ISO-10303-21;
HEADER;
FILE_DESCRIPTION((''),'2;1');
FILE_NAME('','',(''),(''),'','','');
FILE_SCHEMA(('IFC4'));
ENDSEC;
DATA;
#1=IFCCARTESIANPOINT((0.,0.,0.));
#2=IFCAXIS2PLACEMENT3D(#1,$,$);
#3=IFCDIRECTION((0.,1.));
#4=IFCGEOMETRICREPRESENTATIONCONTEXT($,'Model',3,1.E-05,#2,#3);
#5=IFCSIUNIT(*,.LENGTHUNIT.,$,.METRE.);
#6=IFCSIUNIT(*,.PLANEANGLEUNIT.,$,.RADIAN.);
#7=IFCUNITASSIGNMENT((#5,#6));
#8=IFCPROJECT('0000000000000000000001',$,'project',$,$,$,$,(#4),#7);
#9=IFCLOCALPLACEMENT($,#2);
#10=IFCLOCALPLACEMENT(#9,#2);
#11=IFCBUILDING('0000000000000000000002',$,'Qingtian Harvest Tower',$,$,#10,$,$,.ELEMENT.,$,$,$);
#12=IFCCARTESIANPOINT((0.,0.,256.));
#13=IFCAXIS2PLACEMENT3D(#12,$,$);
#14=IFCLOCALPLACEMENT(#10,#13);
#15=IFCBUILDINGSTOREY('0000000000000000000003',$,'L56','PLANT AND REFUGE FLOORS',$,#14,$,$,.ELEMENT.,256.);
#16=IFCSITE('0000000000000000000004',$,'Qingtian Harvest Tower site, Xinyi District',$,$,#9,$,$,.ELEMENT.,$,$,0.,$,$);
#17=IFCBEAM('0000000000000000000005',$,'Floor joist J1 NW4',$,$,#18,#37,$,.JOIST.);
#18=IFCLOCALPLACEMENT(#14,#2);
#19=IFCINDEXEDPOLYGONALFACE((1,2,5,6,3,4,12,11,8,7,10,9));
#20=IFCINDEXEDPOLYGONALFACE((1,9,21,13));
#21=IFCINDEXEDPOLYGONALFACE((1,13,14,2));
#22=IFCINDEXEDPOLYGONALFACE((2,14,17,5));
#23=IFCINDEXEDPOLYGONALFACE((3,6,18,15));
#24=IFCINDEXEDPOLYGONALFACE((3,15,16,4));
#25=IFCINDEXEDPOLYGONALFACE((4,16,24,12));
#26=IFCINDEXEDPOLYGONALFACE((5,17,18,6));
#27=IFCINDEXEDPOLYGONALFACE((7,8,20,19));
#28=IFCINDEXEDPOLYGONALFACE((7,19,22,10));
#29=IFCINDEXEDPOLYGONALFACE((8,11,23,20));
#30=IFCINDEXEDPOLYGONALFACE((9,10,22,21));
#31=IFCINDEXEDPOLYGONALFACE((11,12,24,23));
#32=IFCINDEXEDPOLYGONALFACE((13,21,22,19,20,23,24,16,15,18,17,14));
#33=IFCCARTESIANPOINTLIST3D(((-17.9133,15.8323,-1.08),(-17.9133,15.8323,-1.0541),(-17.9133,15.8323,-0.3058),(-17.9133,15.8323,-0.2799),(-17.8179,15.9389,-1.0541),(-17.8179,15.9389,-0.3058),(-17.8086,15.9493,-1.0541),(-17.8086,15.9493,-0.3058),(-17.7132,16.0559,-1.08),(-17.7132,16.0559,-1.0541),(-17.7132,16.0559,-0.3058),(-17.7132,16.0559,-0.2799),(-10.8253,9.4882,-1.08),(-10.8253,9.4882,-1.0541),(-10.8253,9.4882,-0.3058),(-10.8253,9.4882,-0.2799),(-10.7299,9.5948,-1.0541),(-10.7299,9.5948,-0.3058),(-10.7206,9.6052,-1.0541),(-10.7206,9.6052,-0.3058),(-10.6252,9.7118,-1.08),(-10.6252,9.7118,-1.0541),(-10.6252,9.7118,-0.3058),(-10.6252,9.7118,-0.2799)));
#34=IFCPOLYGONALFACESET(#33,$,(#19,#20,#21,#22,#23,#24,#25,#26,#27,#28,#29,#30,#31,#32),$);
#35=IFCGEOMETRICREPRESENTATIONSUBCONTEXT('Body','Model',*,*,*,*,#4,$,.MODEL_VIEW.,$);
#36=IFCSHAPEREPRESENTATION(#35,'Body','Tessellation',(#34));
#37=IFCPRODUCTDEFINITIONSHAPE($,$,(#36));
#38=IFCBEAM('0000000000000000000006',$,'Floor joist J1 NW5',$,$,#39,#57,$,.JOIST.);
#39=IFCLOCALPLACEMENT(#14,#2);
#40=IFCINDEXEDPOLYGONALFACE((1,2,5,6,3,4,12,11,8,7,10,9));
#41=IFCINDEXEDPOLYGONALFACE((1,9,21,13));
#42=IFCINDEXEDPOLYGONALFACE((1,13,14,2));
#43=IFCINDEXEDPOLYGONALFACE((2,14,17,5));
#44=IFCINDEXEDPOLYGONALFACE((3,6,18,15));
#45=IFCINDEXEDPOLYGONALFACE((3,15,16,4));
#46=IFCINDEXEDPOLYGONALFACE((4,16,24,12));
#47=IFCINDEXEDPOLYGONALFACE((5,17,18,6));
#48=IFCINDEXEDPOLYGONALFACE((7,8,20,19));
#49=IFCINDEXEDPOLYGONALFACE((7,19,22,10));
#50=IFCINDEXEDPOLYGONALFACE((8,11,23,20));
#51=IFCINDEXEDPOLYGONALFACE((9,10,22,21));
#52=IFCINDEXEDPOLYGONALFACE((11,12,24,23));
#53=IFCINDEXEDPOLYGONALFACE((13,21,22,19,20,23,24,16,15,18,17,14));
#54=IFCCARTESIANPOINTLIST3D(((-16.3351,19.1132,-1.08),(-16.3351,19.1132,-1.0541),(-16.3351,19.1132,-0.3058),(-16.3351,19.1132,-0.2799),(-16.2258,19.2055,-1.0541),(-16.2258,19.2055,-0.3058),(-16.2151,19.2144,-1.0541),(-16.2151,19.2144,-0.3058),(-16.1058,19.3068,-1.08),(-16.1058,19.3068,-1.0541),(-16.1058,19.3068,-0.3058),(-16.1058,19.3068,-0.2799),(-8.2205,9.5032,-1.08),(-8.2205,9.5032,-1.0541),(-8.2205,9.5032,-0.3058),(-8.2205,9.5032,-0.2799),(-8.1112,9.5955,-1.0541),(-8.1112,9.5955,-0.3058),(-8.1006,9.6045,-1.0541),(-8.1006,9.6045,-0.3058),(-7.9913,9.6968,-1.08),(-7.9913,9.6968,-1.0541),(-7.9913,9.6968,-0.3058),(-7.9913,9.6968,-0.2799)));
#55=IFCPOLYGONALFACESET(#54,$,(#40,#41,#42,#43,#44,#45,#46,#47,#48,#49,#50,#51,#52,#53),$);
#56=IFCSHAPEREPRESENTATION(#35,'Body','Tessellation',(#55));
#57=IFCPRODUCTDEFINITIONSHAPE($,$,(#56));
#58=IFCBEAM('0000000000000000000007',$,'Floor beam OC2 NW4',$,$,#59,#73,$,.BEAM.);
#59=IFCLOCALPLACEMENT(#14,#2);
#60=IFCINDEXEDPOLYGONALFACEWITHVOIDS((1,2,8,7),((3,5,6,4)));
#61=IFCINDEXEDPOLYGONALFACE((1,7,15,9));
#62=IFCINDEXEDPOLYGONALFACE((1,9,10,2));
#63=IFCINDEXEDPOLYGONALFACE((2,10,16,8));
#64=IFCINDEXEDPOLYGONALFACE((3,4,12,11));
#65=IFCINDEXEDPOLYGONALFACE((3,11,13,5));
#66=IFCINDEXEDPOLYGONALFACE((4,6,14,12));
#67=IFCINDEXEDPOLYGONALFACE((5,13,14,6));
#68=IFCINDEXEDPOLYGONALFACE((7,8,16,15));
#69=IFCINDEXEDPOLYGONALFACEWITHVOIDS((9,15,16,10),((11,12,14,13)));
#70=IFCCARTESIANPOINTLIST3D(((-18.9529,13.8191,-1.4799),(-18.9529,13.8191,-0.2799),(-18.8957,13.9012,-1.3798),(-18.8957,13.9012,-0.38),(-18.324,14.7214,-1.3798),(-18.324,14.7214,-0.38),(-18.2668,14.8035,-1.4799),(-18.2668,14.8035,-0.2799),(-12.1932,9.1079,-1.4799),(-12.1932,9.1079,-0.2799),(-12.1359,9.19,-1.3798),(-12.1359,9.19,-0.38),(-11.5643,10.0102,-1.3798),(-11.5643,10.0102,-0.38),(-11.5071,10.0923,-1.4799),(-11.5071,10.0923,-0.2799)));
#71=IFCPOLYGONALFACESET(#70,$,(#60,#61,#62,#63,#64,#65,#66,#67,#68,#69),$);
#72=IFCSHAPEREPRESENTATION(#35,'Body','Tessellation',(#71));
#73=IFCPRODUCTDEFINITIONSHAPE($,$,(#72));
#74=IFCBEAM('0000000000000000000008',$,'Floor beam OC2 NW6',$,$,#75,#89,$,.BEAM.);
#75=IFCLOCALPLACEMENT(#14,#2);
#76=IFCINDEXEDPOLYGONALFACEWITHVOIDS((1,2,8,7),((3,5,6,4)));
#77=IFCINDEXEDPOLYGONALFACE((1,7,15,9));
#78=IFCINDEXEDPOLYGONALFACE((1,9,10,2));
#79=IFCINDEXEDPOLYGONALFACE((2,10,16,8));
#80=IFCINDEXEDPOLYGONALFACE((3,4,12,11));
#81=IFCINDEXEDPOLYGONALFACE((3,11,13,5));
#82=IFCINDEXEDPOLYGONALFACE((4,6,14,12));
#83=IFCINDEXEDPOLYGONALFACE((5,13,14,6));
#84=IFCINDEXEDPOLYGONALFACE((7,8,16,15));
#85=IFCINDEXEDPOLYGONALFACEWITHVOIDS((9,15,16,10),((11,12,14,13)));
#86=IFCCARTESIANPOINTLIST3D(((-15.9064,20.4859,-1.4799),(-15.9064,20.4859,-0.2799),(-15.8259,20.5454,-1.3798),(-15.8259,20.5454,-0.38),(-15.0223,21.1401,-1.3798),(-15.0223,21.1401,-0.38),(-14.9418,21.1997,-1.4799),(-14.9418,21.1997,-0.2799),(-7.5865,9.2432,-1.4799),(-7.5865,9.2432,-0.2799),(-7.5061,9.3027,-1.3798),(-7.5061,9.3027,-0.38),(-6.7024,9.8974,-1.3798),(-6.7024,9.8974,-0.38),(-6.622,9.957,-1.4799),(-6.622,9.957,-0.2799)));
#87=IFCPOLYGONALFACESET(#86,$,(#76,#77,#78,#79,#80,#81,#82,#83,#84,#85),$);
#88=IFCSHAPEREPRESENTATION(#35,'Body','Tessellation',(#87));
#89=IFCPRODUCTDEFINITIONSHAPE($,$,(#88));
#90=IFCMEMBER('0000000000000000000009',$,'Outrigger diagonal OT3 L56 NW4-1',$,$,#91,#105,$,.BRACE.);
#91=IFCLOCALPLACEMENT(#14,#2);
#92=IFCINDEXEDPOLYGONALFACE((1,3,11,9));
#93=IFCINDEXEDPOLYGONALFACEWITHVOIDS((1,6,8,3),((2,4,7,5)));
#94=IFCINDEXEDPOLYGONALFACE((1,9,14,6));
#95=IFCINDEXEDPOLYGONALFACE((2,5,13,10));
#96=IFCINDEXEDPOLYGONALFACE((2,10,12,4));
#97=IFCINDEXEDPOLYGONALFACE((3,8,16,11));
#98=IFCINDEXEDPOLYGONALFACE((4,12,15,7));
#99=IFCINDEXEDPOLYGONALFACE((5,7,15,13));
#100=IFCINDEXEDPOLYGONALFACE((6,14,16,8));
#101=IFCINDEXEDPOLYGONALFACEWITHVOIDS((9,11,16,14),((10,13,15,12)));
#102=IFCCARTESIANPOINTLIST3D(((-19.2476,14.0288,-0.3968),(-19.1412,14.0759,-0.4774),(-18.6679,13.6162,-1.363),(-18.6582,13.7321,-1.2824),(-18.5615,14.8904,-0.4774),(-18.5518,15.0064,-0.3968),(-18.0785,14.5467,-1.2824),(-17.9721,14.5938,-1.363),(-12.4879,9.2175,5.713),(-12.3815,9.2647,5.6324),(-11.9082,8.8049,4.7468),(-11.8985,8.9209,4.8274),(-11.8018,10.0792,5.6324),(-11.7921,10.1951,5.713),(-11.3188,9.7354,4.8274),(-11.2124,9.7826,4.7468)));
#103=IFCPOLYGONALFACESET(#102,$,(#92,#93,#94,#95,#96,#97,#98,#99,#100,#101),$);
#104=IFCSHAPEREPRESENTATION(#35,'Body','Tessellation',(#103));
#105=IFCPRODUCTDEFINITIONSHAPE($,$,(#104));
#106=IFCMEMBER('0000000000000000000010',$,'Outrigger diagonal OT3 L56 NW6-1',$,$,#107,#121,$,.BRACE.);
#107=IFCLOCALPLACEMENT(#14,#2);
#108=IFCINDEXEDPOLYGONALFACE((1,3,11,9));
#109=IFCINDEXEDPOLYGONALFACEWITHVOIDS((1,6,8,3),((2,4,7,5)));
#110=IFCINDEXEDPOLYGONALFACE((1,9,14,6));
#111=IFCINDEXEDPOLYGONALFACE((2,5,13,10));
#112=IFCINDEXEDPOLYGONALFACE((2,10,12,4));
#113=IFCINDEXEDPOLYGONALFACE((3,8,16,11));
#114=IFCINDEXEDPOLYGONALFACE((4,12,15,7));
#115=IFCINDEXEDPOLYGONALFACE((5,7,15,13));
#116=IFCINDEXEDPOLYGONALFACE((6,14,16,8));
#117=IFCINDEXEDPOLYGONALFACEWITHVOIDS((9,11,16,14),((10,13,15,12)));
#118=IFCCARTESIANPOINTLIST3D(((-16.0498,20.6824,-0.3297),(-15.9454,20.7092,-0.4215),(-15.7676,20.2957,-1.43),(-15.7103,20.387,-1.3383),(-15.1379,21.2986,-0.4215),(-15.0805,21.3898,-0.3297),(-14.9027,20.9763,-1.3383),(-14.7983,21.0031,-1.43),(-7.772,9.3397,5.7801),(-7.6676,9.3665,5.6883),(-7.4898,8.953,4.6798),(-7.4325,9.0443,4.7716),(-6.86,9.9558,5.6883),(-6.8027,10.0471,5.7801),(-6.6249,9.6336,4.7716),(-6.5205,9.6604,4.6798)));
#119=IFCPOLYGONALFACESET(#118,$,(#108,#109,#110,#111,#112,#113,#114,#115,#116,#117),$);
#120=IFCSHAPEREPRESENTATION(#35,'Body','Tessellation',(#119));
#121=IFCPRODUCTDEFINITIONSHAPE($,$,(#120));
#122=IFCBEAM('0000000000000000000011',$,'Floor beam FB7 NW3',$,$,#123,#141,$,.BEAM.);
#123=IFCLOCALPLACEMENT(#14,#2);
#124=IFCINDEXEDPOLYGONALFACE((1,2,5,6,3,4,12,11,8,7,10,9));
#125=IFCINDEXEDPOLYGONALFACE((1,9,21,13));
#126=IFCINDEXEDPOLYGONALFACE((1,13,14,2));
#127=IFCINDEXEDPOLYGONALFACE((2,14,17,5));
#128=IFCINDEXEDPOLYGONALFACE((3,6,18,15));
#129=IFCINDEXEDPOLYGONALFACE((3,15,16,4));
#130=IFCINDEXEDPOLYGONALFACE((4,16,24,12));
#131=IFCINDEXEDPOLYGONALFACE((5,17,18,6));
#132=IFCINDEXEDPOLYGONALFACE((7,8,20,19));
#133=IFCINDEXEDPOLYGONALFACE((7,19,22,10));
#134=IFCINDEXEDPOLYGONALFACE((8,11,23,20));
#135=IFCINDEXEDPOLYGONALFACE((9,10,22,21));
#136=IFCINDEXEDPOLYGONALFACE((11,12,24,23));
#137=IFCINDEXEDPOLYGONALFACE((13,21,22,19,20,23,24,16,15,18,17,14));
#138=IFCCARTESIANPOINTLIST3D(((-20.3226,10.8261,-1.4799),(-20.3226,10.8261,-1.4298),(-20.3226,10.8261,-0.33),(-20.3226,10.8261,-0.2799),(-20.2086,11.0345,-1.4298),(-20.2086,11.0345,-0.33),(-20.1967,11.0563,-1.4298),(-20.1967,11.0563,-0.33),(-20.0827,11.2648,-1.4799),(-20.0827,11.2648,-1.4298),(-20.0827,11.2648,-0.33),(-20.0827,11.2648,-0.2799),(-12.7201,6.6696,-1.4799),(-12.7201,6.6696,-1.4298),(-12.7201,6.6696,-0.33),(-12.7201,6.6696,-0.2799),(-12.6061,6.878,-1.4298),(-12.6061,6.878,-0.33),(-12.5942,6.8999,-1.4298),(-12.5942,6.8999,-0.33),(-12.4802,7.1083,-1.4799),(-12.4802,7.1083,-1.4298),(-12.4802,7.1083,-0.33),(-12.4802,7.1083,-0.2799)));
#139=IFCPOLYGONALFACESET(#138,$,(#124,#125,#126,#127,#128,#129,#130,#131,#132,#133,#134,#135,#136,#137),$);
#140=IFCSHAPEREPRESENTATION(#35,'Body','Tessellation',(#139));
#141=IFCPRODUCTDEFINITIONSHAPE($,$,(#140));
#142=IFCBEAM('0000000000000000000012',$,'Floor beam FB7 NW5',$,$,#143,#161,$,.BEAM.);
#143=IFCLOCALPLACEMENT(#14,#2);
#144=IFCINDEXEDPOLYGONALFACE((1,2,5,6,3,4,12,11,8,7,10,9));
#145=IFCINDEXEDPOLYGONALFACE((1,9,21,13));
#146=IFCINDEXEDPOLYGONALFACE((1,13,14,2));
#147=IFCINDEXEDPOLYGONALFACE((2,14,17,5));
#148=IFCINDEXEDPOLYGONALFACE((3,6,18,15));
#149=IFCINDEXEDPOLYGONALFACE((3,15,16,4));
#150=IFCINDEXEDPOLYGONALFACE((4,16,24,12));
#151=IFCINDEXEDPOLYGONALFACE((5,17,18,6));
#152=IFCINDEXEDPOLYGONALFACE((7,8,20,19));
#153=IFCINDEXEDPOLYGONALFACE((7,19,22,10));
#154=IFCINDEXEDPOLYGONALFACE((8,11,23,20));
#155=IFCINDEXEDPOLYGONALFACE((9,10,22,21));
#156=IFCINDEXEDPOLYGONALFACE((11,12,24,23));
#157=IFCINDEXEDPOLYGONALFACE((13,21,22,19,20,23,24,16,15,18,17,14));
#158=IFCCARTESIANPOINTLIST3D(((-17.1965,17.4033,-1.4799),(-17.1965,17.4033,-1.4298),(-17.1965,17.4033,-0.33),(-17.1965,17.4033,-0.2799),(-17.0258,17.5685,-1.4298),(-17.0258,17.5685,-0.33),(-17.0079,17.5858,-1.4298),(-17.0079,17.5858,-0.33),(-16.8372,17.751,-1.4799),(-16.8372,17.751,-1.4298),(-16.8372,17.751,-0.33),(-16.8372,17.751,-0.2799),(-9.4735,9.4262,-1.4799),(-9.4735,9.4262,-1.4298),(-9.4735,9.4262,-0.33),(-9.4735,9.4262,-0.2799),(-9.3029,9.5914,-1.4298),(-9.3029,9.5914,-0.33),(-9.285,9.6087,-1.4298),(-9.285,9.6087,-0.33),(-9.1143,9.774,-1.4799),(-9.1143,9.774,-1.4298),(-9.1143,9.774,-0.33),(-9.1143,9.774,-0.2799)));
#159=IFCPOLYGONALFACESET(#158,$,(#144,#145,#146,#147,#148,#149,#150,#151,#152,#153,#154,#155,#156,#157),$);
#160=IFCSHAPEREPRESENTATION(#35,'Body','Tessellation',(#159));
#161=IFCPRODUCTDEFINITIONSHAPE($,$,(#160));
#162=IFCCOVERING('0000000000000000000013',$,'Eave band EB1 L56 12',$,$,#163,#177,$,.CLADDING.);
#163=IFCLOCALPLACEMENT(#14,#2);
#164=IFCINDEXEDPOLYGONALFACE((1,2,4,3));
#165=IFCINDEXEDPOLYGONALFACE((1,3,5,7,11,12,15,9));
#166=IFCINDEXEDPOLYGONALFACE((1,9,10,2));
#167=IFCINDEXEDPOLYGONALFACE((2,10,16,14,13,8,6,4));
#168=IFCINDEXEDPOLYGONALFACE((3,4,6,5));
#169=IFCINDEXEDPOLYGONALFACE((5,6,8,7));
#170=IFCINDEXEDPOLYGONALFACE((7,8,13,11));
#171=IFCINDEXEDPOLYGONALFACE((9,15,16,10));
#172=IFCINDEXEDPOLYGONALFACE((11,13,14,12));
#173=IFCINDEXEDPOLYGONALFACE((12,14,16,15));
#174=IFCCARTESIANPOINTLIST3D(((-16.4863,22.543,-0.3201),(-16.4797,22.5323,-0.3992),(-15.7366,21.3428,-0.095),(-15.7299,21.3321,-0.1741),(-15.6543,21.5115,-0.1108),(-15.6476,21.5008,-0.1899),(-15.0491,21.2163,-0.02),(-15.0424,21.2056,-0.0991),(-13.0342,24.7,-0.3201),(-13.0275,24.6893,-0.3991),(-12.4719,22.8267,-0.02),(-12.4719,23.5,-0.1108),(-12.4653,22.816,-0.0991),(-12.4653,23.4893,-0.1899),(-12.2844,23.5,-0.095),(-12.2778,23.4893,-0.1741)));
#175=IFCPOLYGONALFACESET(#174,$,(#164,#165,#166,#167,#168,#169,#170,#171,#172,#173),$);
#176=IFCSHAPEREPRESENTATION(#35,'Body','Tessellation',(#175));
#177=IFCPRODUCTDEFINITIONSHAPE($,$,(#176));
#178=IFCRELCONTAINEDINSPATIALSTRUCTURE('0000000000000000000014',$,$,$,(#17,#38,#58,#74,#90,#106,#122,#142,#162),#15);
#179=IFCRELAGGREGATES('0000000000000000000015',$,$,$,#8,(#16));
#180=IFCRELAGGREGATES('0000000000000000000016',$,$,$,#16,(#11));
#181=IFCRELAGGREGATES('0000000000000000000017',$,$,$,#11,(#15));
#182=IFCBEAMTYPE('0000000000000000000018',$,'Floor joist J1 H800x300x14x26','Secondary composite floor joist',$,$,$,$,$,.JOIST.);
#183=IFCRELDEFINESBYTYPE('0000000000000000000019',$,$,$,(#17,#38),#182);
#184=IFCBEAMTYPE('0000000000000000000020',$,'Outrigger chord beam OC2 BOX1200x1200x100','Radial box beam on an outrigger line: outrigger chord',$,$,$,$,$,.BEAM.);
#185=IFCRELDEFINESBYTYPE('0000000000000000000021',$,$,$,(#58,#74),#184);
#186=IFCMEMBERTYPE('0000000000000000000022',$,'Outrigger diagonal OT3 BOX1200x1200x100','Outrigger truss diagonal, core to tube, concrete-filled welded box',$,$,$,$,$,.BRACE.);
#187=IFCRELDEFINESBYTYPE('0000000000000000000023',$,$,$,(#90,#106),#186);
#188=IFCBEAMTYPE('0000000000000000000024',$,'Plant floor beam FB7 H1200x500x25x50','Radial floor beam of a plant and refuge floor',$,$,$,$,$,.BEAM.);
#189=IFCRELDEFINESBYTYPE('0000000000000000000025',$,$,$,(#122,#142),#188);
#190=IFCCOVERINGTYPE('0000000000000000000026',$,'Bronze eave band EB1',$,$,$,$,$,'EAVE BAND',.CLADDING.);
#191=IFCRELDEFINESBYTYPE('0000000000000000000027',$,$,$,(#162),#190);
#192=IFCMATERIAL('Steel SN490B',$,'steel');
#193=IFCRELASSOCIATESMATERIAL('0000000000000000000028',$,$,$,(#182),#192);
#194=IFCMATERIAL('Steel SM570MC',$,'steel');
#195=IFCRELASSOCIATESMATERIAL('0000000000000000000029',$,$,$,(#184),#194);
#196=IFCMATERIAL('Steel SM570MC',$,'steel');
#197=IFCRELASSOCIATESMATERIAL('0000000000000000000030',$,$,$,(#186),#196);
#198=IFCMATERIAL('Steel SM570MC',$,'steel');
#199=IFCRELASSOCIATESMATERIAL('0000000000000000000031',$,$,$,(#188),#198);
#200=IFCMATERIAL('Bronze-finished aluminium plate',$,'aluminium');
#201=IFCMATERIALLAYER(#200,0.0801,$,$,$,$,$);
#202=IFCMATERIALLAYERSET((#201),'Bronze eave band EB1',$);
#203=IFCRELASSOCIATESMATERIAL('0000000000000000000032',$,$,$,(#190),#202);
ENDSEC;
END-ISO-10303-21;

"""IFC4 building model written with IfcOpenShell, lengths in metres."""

from ifc_helpers import new_model, si_unit, direction, frame, origin, origin_2d, place, context, subcontext, project, spatial, polyline, hollow_rectangle, i_section, outline, extrude, material, layer, layer_set, material_profile, profile_set, type_object, element, save


model = new_model("IFC4")

# Units and contexts
model_context = context("Model", 3, precision=1e-05, world=origin(), true_north=direction((0.0, 1.0)))
body_context = subcontext(model_context, "Body", "Model", "MODEL_VIEW")
ifc_project = project(units=[si_unit("LENGTHUNIT", "METRE"), si_unit("PLANEANGLEUNIT", "RADIAN")], contexts=[model_context])

# Site, building, storey
site_placement = place(None, origin())
site = spatial("IfcSite", under=ifc_project, at=site_placement, Name="Qingtian Harvest Tower site, Xinyi District", CompositionType="ELEMENT", RefElevation=0.0)
building_placement = place(site_placement, origin())
building = spatial("IfcBuilding", under=site, at=building_placement, Name="Qingtian Harvest Tower", CompositionType="ELEMENT")
storey_placement = place(building_placement, frame((0.0, 0.0, 256.0)))
storey = spatial("IfcBuildingStorey", under=building, at=storey_placement, Name="L56", Description="PLANT AND REFUGE FLOORS", CompositionType="ELEMENT", Elevation=256.0)

# Beams
ifc_material_1 = material(Name="Steel SN490B", Category="steel")
ifc_material_profile_1 = material_profile(ifc_material_1, i_section(OverallWidth=0.3, OverallDepth=0.8, WebThickness=0.0139, FlangeThickness=0.0259, at=origin_2d()), Name="H800x300x14x26")
ifc_profile_set_1 = profile_set([ifc_material_profile_1], Name="Steel SN490B")
beam_type_1 = type_object("IfcBeamType", Name="Floor joist J1 H800x300x14x26", Description="Secondary composite floor joist", PredefinedType="JOIST", material=ifc_profile_set_1)
beam_1_placement = place(storey_placement, frame((-17.8132, 15.9441, -0.6799), z_axis=(0.745127, -0.666923, 0.0), x_axis=(0.666923, 0.745127, 0.0)))
element("IfcBeam", 1, at=beam_1_placement, inside=storey, type_object=beam_type_1, Name="Floor joist J1 NW4", PredefinedType="JOIST", context=body_context, shape_type="SweptSolid", body=[
    extrude(i_section(OverallWidth=0.3, OverallDepth=0.8, WebThickness=0.0139, FlangeThickness=0.0259, at=origin_2d()), origin(), (0.0, 0.0, 1.0), 9.5125),
])
beam_2_placement = place(storey_placement, frame((-16.2205, 19.21, -0.6799), z_axis=(0.645158, -0.764049, 0.0), x_axis=(0.764049, 0.645158, 0.0)))
element("IfcBeam", 2, at=beam_2_placement, inside=storey, type_object=beam_type_1, Name="Floor joist J1 NW5", PredefinedType="JOIST", context=body_context, shape_type="SweptSolid", body=[
    extrude(i_section(OverallWidth=0.3, OverallDepth=0.8, WebThickness=0.0139, FlangeThickness=0.0259, at=origin_2d()), origin(), (0.0, 0.0, 1.0), 12.5776),
])
ifc_material_2 = material(Name="Steel SM570MC", Category="steel")
ifc_material_profile_2 = material_profile(ifc_material_2, hollow_rectangle(XDim=1.2, YDim=1.2, WallThickness=0.1001, at=origin_2d()), Name="BOX1200x1200x100")
ifc_profile_set_2 = profile_set([ifc_material_profile_2], Name="Steel SM570MC")
beam_type_2 = type_object("IfcBeamType", Name="Outrigger chord beam OC2 BOX1200x1200x100", Description="Radial box beam on an outrigger line: outrigger chord", PredefinedType="BEAM", material=ifc_profile_set_2)
beam_3_placement = place(storey_placement, frame((-18.6099, 14.3113, -0.8799), z_axis=(0.820408, -0.571779, 0.0), x_axis=(0.571779, 0.820408, 0.0)))
element("IfcBeam", 3, at=beam_3_placement, inside=storey, type_object=beam_type_2, Name="Floor beam OC2 NW4", PredefinedType="BEAM", context=body_context, shape_type="SweptSolid", body=[
    extrude(hollow_rectangle(XDim=1.2, YDim=1.2, WallThickness=0.1001, at=origin_2d()), origin(), (0.0, 0.0, 1.0), 8.2395),
])
beam_4_placement = place(storey_placement, frame((-15.4241, 20.8428, -0.8799), z_axis=(0.594854, -0.803834, 0.0), x_axis=(0.803834, 0.594854, 0.0)))
element("IfcBeam", 4, at=beam_4_placement, inside=storey, type_object=beam_type_2, Name="Floor beam OC2 NW6", PredefinedType="BEAM", context=body_context, shape_type="SweptSolid", body=[
    extrude(hollow_rectangle(XDim=1.2, YDim=1.2, WallThickness=0.1001, at=origin_2d()), origin(), (0.0, 0.0, 1.0), 13.9863),
])

# Members
ifc_material_3 = material(Name="Steel SM570MC", Category="steel")
ifc_material_profile_3 = material_profile(ifc_material_3, hollow_rectangle(XDim=1.2, YDim=1.2, WallThickness=0.1001, at=origin_2d()), Name="BOX1200x1200x100")
ifc_profile_set_3 = profile_set([ifc_material_profile_3], Name="Steel SM570MC")
member_type_1 = type_object("IfcMemberType", Name="Outrigger diagonal OT3 BOX1200x1200x100", Description="Outrigger truss diagonal, core to tube, concrete-filled welded box", PredefinedType="BRACE", material=ifc_profile_set_3)
member_1_placement = place(storey_placement, frame((-18.6099, 14.3113, -0.8799), z_axis=(0.656031, -0.466931, 0.592958), x_axis=(0.579871, 0.814709, 0.0)))
element("IfcMember", 5, at=member_1_placement, inside=storey, type_object=member_type_1, Name="Outrigger diagonal OT3 L56 NW4-1", PredefinedType="BRACE", context=body_context, shape_type="SweptSolid", body=[
    extrude(hollow_rectangle(XDim=1.2, YDim=1.2, WallThickness=0.1001, at=origin_2d()), origin(), (0.0, 0.0, 1.0), 10.304),
])
member_2_placement = place(storey_placement, frame((-15.4241, 20.8428, -0.8799), z_axis=(0.540548, -0.740691, 0.398978), x_axis=(0.807768, 0.5895, 0.0)))
element("IfcMember", 6, at=member_2_placement, inside=storey, type_object=member_type_1, Name="Outrigger diagonal OT3 L56 NW6-1", PredefinedType="BRACE", context=body_context, shape_type="SweptSolid", body=[
    extrude(hollow_rectangle(XDim=1.2, YDim=1.2, WallThickness=0.1001, at=origin_2d()), origin(), (0.0, 0.0, 1.0), 15.3137),
])

# Beams
ifc_material_4 = material(Name="Steel SM570MC", Category="steel")
ifc_material_profile_4 = material_profile(ifc_material_4, i_section(OverallWidth=0.5, OverallDepth=1.2, WebThickness=0.0249, FlangeThickness=0.05, at=origin_2d()), Name="H1200x500x25x50")
ifc_profile_set_4 = profile_set([ifc_material_profile_4], Name="Steel SM570MC")
beam_type_3 = type_object("IfcBeamType", Name="Plant floor beam FB7 H1200x500x25x50", Description="Radial floor beam of a plant and refuge floor", PredefinedType="BEAM", material=ifc_profile_set_4)
beam_5_placement = place(storey_placement, frame((-20.2026, 11.0454, -0.8799), z_axis=(0.877427, -0.479711, 0.0), x_axis=(0.479711, 0.877427, 0.0)))
element("IfcBeam", 7, at=beam_5_placement, inside=storey, type_object=beam_type_3, Name="Floor beam FB7 NW3", PredefinedType="BEAM", context=body_context, shape_type="SweptSolid", body=[
    extrude(i_section(OverallWidth=0.5, OverallDepth=1.2, WebThickness=0.0249, FlangeThickness=0.05, at=origin_2d()), origin(), (0.0, 0.0, 1.0), 8.6646),
])
beam_6_placement = place(storey_placement, frame((-17.0168, 17.5771, -0.8799), z_axis=(0.695569, -0.718459, 0.0), x_axis=(0.718459, 0.695569, 0.0)))
element("IfcBeam", 8, at=beam_6_placement, inside=storey, type_object=beam_type_3, Name="Floor beam FB7 NW5", PredefinedType="BEAM", context=body_context, shape_type="SweptSolid", body=[
    extrude(i_section(OverallWidth=0.5, OverallDepth=1.2, WebThickness=0.0249, FlangeThickness=0.05, at=origin_2d()), origin(), (0.0, 0.0, 1.0), 11.103),
])

# Covering
ifc_material_5 = material(Name="Bronze-finished aluminium plate", Category="aluminium")
ifc_layer_1 = layer(ifc_material_5, 0.0801)
ifc_layer_set_1 = layer_set([ifc_layer_1], Name="Bronze eave band EB1")
covering_type = type_object("IfcCoveringType", Name="Bronze eave band EB1", ElementType="EAVE BAND", PredefinedType="CLADDING", material=ifc_layer_set_1)
covering_placement = place(storey_placement, frame((-15.0491, 21.2163, -0.02), z_axis=(-0.083231, 0.133199, 0.987588), x_axis=(-0.890742, 0.434412, -0.133659)))
element("IfcCovering", 9, at=covering_placement, inside=storey, type_object=covering_type, Name="Eave band EB1 L56 12", PredefinedType="CLADDING", context=body_context, shape_type="SweptSolid", body=[
    extrude(outline(polyline([(0.0, 0.0), (0.6795, 0.0), (0.6773, 0.1884), (1.8966, -0.5644), (-0.2413, -4.0283), (-1.4605, -3.2758), (-1.2914, -3.1934), (-1.596, -2.5861), (0.0, 0.0)])), origin(), (0.0, 0.0, -1.0), 0.0801),
])

save(model, "model.ifc")
